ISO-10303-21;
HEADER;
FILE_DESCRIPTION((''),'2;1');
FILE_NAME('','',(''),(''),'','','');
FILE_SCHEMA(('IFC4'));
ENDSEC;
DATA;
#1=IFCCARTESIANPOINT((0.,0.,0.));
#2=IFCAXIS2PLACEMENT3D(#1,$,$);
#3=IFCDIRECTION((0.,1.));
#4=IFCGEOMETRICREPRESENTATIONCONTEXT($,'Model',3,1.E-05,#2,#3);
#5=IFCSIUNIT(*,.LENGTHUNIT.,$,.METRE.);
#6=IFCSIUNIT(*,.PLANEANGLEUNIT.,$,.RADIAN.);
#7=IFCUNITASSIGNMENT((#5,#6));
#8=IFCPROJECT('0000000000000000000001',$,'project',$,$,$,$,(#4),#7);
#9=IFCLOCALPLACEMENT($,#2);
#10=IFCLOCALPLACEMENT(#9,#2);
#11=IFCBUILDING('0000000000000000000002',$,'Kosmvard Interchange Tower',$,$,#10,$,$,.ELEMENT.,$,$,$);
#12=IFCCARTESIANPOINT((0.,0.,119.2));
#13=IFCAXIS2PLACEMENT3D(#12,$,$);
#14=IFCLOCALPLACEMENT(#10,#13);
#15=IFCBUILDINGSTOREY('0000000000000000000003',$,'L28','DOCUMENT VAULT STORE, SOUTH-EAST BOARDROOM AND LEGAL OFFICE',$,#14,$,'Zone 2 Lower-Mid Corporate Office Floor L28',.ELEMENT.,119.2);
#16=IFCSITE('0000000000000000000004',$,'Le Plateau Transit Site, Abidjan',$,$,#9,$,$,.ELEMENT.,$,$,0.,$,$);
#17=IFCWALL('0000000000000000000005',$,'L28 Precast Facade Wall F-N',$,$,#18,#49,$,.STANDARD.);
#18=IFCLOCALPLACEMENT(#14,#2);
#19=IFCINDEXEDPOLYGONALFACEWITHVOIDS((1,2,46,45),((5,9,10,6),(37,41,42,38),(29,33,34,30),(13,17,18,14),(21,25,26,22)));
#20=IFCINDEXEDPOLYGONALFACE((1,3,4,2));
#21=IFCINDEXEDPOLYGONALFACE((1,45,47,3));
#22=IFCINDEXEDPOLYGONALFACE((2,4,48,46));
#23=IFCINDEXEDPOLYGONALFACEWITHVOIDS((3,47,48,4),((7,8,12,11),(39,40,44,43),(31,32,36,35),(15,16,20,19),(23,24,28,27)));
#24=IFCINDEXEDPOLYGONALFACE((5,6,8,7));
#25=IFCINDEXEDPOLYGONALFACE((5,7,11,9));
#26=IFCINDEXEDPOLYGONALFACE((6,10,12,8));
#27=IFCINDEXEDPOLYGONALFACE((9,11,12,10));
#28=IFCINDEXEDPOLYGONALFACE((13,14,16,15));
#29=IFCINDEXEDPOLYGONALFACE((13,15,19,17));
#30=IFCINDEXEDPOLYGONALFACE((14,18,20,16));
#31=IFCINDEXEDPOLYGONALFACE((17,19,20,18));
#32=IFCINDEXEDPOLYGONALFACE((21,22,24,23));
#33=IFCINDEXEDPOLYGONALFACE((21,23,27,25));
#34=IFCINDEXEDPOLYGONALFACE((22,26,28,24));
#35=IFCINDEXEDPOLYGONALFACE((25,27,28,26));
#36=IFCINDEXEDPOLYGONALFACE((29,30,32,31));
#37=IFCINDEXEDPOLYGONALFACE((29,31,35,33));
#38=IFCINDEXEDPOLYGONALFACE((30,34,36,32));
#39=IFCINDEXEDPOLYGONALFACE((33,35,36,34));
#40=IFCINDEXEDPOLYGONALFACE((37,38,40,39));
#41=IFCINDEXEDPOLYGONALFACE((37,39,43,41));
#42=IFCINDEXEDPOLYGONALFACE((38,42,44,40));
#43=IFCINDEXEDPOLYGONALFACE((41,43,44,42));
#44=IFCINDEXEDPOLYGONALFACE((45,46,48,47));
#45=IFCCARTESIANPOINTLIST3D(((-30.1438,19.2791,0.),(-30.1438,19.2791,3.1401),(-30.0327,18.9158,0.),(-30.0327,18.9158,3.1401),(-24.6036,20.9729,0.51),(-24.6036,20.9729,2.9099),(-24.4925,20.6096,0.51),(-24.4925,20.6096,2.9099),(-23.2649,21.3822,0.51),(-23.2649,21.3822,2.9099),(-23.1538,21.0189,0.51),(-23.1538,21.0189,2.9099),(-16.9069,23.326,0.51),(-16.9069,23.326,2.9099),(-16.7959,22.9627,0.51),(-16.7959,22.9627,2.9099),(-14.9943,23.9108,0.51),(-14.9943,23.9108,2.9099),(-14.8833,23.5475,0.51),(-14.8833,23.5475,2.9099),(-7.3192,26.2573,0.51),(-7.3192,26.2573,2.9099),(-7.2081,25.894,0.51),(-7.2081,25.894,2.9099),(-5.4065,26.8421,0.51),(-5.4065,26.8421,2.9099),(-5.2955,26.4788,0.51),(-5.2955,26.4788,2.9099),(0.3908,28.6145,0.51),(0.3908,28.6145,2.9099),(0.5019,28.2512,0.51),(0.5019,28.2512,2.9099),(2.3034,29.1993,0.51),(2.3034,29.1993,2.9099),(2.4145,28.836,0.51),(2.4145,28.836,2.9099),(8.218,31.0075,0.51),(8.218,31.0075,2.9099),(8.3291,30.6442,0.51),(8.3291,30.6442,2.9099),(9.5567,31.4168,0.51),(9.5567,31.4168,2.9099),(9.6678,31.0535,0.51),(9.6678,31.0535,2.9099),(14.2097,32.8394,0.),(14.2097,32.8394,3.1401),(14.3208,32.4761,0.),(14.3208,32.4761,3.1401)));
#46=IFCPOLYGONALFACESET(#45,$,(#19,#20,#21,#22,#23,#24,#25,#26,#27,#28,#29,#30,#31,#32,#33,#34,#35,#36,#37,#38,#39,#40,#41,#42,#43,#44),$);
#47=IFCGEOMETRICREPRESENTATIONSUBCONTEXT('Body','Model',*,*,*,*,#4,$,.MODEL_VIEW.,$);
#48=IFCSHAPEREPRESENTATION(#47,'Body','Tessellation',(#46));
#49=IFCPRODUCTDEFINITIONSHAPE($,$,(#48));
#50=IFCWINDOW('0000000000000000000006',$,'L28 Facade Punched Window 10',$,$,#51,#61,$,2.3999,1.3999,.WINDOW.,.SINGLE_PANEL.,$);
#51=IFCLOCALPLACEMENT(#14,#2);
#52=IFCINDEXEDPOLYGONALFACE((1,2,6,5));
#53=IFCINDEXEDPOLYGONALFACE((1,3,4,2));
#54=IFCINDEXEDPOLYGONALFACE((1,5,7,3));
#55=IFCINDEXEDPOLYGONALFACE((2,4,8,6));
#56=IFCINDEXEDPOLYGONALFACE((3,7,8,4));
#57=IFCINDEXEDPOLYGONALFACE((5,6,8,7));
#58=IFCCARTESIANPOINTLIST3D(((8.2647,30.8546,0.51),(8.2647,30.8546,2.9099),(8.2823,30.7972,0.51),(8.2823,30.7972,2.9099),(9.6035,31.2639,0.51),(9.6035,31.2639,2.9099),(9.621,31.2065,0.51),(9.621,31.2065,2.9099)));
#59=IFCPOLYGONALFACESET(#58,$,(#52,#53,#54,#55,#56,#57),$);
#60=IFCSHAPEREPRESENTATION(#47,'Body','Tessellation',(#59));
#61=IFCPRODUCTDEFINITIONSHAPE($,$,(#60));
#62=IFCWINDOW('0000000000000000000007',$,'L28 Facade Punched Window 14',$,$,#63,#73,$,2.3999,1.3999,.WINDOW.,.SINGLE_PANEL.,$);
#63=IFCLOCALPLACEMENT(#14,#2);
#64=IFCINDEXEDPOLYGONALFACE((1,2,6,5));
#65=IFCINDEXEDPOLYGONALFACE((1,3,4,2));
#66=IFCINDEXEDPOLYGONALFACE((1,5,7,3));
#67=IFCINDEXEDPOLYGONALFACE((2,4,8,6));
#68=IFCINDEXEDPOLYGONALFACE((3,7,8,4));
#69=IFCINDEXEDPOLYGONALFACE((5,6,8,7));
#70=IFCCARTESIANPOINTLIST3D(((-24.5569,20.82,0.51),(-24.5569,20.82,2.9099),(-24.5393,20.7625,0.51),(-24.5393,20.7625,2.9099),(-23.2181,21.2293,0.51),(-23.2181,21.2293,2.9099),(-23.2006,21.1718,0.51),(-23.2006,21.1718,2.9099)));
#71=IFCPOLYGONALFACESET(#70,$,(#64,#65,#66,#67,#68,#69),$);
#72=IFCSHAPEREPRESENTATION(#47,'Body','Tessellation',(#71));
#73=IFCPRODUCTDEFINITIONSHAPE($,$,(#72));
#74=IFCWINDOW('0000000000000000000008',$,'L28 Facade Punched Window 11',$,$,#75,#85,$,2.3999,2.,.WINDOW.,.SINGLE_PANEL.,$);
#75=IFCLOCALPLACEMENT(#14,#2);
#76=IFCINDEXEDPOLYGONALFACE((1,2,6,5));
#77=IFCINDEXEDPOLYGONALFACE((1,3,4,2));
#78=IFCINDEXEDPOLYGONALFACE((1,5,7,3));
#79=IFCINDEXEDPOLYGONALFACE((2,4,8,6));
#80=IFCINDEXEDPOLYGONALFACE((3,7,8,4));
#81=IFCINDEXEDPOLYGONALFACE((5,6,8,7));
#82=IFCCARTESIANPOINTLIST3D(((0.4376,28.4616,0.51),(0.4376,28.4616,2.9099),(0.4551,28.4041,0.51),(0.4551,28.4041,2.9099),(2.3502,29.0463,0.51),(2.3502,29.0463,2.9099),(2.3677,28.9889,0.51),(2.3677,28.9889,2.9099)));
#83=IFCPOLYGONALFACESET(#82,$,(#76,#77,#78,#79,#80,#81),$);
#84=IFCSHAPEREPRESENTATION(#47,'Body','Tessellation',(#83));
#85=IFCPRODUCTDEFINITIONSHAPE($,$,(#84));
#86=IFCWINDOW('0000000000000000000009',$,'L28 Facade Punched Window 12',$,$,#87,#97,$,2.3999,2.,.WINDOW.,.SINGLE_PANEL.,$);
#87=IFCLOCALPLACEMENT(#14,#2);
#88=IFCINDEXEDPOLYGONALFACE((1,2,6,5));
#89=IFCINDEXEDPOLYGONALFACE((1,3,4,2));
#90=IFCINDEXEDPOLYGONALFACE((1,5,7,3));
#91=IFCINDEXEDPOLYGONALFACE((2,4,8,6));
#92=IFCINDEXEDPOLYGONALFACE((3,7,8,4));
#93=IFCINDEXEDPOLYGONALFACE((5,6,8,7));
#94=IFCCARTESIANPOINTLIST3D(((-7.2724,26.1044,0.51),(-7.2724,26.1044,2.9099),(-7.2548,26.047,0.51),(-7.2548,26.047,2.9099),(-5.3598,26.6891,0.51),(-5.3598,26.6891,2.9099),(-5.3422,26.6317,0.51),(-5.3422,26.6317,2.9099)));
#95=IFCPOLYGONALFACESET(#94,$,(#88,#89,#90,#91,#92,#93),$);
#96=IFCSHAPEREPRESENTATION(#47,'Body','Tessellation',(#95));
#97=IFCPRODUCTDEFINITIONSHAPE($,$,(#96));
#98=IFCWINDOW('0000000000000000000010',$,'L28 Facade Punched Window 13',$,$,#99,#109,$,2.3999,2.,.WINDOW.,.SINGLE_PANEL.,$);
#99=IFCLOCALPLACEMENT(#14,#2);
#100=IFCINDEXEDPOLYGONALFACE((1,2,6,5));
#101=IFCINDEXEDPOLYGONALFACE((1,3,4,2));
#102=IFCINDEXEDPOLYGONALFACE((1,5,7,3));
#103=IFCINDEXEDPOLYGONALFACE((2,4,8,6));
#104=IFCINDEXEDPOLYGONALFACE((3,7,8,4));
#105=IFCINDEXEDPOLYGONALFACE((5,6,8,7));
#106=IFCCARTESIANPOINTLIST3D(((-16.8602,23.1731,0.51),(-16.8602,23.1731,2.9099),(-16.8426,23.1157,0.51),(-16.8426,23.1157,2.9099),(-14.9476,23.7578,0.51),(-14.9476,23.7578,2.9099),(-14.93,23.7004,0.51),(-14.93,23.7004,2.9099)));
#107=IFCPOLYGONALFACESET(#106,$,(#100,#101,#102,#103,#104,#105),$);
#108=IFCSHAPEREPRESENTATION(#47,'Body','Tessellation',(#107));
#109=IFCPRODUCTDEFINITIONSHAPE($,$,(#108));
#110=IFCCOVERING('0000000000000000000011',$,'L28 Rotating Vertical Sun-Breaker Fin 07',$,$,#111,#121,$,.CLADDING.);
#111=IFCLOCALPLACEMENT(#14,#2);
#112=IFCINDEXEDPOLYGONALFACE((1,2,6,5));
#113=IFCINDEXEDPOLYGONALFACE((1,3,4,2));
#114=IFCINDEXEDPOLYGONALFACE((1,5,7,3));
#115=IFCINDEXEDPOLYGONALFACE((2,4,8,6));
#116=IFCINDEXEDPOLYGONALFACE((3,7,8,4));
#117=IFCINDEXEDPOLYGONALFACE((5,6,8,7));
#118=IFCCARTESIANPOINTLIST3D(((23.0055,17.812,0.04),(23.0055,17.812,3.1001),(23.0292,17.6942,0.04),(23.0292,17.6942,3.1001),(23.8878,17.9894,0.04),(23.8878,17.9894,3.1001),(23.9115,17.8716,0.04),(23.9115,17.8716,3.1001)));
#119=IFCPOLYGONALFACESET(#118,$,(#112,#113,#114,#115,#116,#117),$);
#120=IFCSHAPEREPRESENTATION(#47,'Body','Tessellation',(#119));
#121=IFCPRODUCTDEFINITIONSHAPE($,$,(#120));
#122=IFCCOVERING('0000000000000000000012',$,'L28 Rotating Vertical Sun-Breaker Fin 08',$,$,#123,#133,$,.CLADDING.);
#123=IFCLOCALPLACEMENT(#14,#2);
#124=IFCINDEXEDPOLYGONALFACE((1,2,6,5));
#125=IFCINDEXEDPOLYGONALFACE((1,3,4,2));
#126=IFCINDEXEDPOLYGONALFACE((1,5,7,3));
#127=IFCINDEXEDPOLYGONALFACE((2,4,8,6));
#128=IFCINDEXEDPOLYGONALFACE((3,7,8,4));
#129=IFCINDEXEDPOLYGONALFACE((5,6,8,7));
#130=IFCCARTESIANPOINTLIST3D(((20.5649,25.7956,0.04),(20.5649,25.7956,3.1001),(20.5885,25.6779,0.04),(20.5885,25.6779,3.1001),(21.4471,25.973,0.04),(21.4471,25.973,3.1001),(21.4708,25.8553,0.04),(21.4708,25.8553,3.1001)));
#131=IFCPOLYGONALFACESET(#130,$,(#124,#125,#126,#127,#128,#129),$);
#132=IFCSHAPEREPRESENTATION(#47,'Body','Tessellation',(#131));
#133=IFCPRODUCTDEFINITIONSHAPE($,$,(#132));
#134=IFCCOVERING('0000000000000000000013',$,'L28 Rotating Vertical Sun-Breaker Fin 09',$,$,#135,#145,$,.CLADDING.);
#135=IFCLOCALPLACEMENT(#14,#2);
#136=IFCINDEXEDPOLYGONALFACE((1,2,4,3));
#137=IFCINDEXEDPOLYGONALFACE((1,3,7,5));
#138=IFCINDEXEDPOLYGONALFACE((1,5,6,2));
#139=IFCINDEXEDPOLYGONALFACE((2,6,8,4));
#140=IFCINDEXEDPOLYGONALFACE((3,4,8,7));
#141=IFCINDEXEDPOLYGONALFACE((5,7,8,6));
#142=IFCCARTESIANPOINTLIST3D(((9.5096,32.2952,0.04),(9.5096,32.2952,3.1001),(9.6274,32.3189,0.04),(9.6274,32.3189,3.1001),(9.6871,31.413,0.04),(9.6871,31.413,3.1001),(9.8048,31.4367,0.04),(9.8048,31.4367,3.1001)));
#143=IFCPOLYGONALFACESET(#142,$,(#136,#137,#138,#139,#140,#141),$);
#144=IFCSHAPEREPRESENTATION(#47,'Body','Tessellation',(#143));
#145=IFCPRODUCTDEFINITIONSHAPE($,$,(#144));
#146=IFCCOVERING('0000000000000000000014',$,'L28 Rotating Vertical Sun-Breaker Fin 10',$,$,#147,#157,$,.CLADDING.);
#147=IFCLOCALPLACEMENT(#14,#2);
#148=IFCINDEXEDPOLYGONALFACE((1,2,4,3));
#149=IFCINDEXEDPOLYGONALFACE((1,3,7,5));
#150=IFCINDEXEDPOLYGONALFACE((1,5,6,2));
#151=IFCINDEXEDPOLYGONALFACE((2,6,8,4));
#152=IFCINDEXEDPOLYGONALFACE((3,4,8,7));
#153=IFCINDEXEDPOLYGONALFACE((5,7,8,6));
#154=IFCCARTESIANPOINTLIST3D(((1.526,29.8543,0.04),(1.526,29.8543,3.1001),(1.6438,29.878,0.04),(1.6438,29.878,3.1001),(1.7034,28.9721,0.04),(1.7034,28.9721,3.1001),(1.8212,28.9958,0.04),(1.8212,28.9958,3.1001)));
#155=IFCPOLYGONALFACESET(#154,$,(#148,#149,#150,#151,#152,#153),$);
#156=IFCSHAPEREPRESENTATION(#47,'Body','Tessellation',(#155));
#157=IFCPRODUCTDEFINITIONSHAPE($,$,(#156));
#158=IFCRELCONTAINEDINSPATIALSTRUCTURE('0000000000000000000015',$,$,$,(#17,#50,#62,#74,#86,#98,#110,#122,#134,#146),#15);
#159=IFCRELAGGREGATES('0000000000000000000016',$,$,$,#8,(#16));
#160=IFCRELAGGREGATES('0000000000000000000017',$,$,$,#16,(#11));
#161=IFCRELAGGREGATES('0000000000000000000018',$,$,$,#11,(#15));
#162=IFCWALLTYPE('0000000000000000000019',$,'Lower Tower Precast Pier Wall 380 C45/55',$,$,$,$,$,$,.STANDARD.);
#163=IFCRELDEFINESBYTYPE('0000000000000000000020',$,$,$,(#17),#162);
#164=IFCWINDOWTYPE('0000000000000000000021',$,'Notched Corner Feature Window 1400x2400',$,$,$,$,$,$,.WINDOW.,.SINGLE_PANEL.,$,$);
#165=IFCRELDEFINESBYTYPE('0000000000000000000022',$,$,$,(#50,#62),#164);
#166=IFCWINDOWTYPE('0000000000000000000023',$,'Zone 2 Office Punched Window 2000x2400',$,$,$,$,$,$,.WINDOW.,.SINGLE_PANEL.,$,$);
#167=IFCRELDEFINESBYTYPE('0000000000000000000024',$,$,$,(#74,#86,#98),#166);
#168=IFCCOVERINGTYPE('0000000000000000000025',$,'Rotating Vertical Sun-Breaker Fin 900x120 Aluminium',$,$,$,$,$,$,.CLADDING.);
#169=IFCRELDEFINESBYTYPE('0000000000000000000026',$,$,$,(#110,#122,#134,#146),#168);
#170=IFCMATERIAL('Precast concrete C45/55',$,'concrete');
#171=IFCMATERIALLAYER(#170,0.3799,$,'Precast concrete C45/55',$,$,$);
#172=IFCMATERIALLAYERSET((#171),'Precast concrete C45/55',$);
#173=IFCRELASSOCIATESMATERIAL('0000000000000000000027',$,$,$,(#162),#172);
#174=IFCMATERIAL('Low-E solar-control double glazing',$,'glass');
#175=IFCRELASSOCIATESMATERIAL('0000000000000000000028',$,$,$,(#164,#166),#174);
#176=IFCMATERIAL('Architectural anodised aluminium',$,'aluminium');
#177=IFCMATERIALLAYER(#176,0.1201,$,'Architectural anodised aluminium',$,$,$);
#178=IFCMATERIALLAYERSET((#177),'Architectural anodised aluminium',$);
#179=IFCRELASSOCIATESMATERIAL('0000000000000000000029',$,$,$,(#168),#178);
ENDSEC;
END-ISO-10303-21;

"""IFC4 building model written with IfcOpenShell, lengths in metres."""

from ifc_helpers import new_model, si_unit, direction, frame, frame_2d, origin, origin_2d, place, context, subcontext, project, spatial, rectangle, extrude, source, transform, mapped, material, layer, layer_set, type_object, element, fill, save


model = new_model("IFC4")

# Units and contexts
model_context = context("Model", 3, precision=1e-05, world=origin(), true_north=direction((0.0, 1.0)))
body_context = subcontext(model_context, "Body", "Model", "MODEL_VIEW")
ifc_project = project(units=[si_unit("LENGTHUNIT", "METRE"), si_unit("PLANEANGLEUNIT", "RADIAN")], contexts=[model_context])

# Site, building, storey
site_placement = place(None, origin())
site = spatial("IfcSite", under=ifc_project, at=site_placement, Name="Le Plateau Transit Site, Abidjan", CompositionType="ELEMENT", RefElevation=0.0)
building_placement = place(site_placement, origin())
building = spatial("IfcBuilding", under=site, at=building_placement, Name="Kosmvard Interchange Tower", CompositionType="ELEMENT")
storey_placement = place(building_placement, frame((0.0, 0.0, 119.2)))
storey = spatial("IfcBuildingStorey", under=building, at=storey_placement, Name="L28", Description="DOCUMENT VAULT STORE, SOUTH-EAST BOARDROOM AND LEGAL OFFICE", LongName="Zone 2 Lower-Mid Corporate Office Floor L28", CompositionType="ELEMENT", Elevation=119.2)

# Shared definitions
ifc_material_1 = material(Name="Precast concrete C45/55", Category="concrete")

# Shared definitions
ifc_layer_1 = layer(ifc_material_1, 0.3799, Name="Precast concrete C45/55")
ifc_layer_set_1 = layer_set([ifc_layer_1], Name="Precast concrete C45/55")
wall_type_1 = type_object("IfcWallType", Name="Lower Tower Precast Pier Wall 380 C45/55", PredefinedType="STANDARD", material=ifc_layer_set_1)

# Shared definitions
ifc_material_2 = material(Name="Low-E solar-control double glazing", Category="glass")
window_type_1 = type_object("IfcWindowType", Name="Notched Corner Feature Window 1400x2400", PartitioningType="SINGLE_PANEL", PredefinedType="WINDOW", material=ifc_material_2)
shared_shape_1 = source(origin(), body_context, "Body", "SweptSolid", [
    extrude(rectangle(XDim=1.3999, YDim=2.3999, at=frame_2d((0.7, 1.2))), frame((0.0, 0.03, 0.0), z_axis=(0.0, -1.0, 0.0), x_axis=(1.0, 0.0, 0.0)), (0.0, 0.0, 1.0), 0.0601),
])

# Wall, openings, windows
wall_1_placement = place(storey_placement, frame((14.2651, 32.6577, 0.0), z_axis=(0.0, 0.0, 1.0), x_axis=(-0.956304, -0.292373, 0.0)))
wall_1 = element("IfcWall", 1, at=wall_1_placement, inside=storey, type_object=wall_type_1, Name="L28 Precast Facade Wall F-N", PredefinedType="STANDARD", context=body_context, shape_type="SweptSolid", body=[
    extrude(rectangle(XDim=46.3801, YDim=0.3799, at=frame_2d((23.1899, 0.0))), origin(), (0.0, 0.0, 1.0), 3.1401),
])
opening_1_placement = place(wall_1_placement, frame((4.8655, 0.0, 0.51)))
opening_1 = element("IfcOpeningElement", 2, at=opening_1_placement, cuts=wall_1, PredefinedType="OPENING", context=body_context, shape_type="SweptSolid", body=[
    extrude(rectangle(XDim=1.3999, YDim=2.3999, at=frame_2d((0.7, 1.2))), frame((0.0, 0.2, 0.0), z_axis=(0.0, -1.0, 0.0), x_axis=(1.0, 0.0, 0.0)), (0.0, 0.0, 1.0), 0.3999),
])
opening_2_placement = place(wall_1_placement, frame((12.4502, 0.0, 0.51)))
opening_2 = element("IfcOpeningElement", 3, at=opening_2_placement, cuts=wall_1, PredefinedType="OPENING", context=body_context, shape_type="SweptSolid", body=[
    extrude(rectangle(XDim=2.0, YDim=2.3999, at=frame_2d((1.0, 1.2))), frame((0.0, 0.2, 0.0), z_axis=(0.0, -1.0, 0.0), x_axis=(1.0, 0.0, 0.0)), (0.0, 0.0, 1.0), 0.3999),
])
opening_3_placement = place(wall_1_placement, frame((20.5125, 0.0, 0.51)))
opening_3 = element("IfcOpeningElement", 4, at=opening_3_placement, cuts=wall_1, PredefinedType="OPENING", context=body_context, shape_type="SweptSolid", body=[
    extrude(rectangle(XDim=2.0, YDim=2.3999, at=frame_2d((1.0, 1.2))), frame((0.0, 0.2, 0.0), z_axis=(0.0, -1.0, 0.0), x_axis=(1.0, 0.0, 0.0)), (0.0, 0.0, 1.0), 0.3999),
])
opening_4_placement = place(wall_1_placement, frame((30.5383, 0.0, 0.51)))
opening_4 = element("IfcOpeningElement", 5, at=opening_4_placement, cuts=wall_1, PredefinedType="OPENING", context=body_context, shape_type="SweptSolid", body=[
    extrude(rectangle(XDim=2.0, YDim=2.3999, at=frame_2d((1.0, 1.2))), frame((0.0, 0.2, 0.0), z_axis=(0.0, -1.0, 0.0), x_axis=(1.0, 0.0, 0.0)), (0.0, 0.0, 1.0), 0.3999),
])
opening_5_placement = place(wall_1_placement, frame((39.1868, 0.0, 0.51)))
opening_5 = element("IfcOpeningElement", 6, at=opening_5_placement, cuts=wall_1, PredefinedType="OPENING", context=body_context, shape_type="SweptSolid", body=[
    extrude(rectangle(XDim=1.3999, YDim=2.3999, at=frame_2d((0.7, 1.2))), frame((0.0, 0.2, 0.0), z_axis=(0.0, -1.0, 0.0), x_axis=(1.0, 0.0, 0.0)), (0.0, 0.0, 1.0), 0.3999),
])
window_1_placement = place(opening_1_placement, origin())
window_1 = element("IfcWindow", 7, at=window_1_placement, inside=storey, type_object=window_type_1, Name="L28 Facade Punched Window 10", OverallHeight=2.3999, OverallWidth=1.3999, PartitioningType="SINGLE_PANEL", PredefinedType="WINDOW", context=body_context, shape_type="MappedRepresentation", body=[
    mapped(shared_shape_1, transform((0.0, 0.0, 0.0), scale=1.0)),
])
fill(opening_1, window_1)
window_2_placement = place(opening_5_placement, origin())
window_2 = element("IfcWindow", 8, at=window_2_placement, inside=storey, type_object=window_type_1, Name="L28 Facade Punched Window 14", OverallHeight=2.3999, OverallWidth=1.3999, PartitioningType="SINGLE_PANEL", PredefinedType="WINDOW", context=body_context, shape_type="MappedRepresentation", body=[
    mapped(shared_shape_1, transform((0.0, 0.0, 0.0), scale=1.0)),
])
fill(opening_5, window_2)
window_type_2 = type_object("IfcWindowType", Name="Zone 2 Office Punched Window 2000x2400", PartitioningType="SINGLE_PANEL", PredefinedType="WINDOW", material=ifc_material_2)
shared_shape_2 = source(origin(), body_context, "Body", "SweptSolid", [
    extrude(rectangle(XDim=2.0, YDim=2.3999, at=frame_2d((1.0, 1.2))), frame((0.0, 0.03, 0.0), z_axis=(0.0, -1.0, 0.0), x_axis=(1.0, 0.0, 0.0)), (0.0, 0.0, 1.0), 0.0601),
])
window_3_placement = place(opening_2_placement, origin())
window_3 = element("IfcWindow", 9, at=window_3_placement, inside=storey, type_object=window_type_2, Name="L28 Facade Punched Window 11", OverallHeight=2.3999, OverallWidth=2.0, PartitioningType="SINGLE_PANEL", PredefinedType="WINDOW", context=body_context, shape_type="MappedRepresentation", body=[
    mapped(shared_shape_2, transform((0.0, 0.0, 0.0), scale=1.0)),
])
fill(opening_2, window_3)
window_4_placement = place(opening_3_placement, origin())
window_4 = element("IfcWindow", 10, at=window_4_placement, inside=storey, type_object=window_type_2, Name="L28 Facade Punched Window 12", OverallHeight=2.3999, OverallWidth=2.0, PartitioningType="SINGLE_PANEL", PredefinedType="WINDOW", context=body_context, shape_type="MappedRepresentation", body=[
    mapped(shared_shape_2, transform((0.0, 0.0, 0.0), scale=1.0)),
])
fill(opening_3, window_4)
window_5_placement = place(opening_4_placement, origin())
window_5 = element("IfcWindow", 11, at=window_5_placement, inside=storey, type_object=window_type_2, Name="L28 Facade Punched Window 13", OverallHeight=2.3999, OverallWidth=2.0, PartitioningType="SINGLE_PANEL", PredefinedType="WINDOW", context=body_context, shape_type="MappedRepresentation", body=[
    mapped(shared_shape_2, transform((0.0, 0.0, 0.0), scale=1.0)),
])
fill(opening_4, window_5)

# Coverings
ifc_material_3 = material(Name="Architectural anodised aluminium", Category="aluminium")
ifc_layer_2 = layer(ifc_material_3, 0.1201, Name="Architectural anodised aluminium")
ifc_layer_set_2 = layer_set([ifc_layer_2], Name="Architectural anodised aluminium")
covering_type = type_object("IfcCoveringType", Name="Rotating Vertical Sun-Breaker Fin 900x120 Aluminium", PredefinedType="CLADDING", material=ifc_layer_set_2)
shared_shape_3 = source(origin(), body_context, "Body", "SweptSolid", [
    extrude(rectangle(XDim=0.8999, YDim=0.1201, at=origin_2d()), origin(), (0.0, 0.0, 1.0), 3.0601),
])
for number, where, z_axis, x_axis, name in (
    (12, (23.4585, 17.8418, 0.04), (0.0, 0.0, 1.0), (0.980375, 0.197144, 0.0), "L28 Rotating Vertical Sun-Breaker Fin 07"),
    (13, (21.0178, 25.8254, 0.04), (0.0, 0.0, 1.0), (0.980375, 0.197144, 0.0), "L28 Rotating Vertical Sun-Breaker Fin 08"),
    (14, (9.6572, 31.866, 0.04), (0.0, 0.0, 1.0), (-0.197144, 0.980375, 0.0), "L28 Rotating Vertical Sun-Breaker Fin 09"),
    (15, (1.6736, 29.425, 0.04), (0.0, 0.0, 1.0), (-0.197144, 0.980375, 0.0), "L28 Rotating Vertical Sun-Breaker Fin 10"),
):
    element("IfcCovering", number, at=place(storey_placement, frame(where, z_axis=z_axis, x_axis=x_axis)), inside=storey, type_object=covering_type, Name=name, PredefinedType="CLADDING", context=body_context, shape_type="MappedRepresentation", body=[
        mapped(shared_shape_3, transform((0.0, 0.0, 0.0), scale=1.0)),
    ])

save(model, "model.ifc")
